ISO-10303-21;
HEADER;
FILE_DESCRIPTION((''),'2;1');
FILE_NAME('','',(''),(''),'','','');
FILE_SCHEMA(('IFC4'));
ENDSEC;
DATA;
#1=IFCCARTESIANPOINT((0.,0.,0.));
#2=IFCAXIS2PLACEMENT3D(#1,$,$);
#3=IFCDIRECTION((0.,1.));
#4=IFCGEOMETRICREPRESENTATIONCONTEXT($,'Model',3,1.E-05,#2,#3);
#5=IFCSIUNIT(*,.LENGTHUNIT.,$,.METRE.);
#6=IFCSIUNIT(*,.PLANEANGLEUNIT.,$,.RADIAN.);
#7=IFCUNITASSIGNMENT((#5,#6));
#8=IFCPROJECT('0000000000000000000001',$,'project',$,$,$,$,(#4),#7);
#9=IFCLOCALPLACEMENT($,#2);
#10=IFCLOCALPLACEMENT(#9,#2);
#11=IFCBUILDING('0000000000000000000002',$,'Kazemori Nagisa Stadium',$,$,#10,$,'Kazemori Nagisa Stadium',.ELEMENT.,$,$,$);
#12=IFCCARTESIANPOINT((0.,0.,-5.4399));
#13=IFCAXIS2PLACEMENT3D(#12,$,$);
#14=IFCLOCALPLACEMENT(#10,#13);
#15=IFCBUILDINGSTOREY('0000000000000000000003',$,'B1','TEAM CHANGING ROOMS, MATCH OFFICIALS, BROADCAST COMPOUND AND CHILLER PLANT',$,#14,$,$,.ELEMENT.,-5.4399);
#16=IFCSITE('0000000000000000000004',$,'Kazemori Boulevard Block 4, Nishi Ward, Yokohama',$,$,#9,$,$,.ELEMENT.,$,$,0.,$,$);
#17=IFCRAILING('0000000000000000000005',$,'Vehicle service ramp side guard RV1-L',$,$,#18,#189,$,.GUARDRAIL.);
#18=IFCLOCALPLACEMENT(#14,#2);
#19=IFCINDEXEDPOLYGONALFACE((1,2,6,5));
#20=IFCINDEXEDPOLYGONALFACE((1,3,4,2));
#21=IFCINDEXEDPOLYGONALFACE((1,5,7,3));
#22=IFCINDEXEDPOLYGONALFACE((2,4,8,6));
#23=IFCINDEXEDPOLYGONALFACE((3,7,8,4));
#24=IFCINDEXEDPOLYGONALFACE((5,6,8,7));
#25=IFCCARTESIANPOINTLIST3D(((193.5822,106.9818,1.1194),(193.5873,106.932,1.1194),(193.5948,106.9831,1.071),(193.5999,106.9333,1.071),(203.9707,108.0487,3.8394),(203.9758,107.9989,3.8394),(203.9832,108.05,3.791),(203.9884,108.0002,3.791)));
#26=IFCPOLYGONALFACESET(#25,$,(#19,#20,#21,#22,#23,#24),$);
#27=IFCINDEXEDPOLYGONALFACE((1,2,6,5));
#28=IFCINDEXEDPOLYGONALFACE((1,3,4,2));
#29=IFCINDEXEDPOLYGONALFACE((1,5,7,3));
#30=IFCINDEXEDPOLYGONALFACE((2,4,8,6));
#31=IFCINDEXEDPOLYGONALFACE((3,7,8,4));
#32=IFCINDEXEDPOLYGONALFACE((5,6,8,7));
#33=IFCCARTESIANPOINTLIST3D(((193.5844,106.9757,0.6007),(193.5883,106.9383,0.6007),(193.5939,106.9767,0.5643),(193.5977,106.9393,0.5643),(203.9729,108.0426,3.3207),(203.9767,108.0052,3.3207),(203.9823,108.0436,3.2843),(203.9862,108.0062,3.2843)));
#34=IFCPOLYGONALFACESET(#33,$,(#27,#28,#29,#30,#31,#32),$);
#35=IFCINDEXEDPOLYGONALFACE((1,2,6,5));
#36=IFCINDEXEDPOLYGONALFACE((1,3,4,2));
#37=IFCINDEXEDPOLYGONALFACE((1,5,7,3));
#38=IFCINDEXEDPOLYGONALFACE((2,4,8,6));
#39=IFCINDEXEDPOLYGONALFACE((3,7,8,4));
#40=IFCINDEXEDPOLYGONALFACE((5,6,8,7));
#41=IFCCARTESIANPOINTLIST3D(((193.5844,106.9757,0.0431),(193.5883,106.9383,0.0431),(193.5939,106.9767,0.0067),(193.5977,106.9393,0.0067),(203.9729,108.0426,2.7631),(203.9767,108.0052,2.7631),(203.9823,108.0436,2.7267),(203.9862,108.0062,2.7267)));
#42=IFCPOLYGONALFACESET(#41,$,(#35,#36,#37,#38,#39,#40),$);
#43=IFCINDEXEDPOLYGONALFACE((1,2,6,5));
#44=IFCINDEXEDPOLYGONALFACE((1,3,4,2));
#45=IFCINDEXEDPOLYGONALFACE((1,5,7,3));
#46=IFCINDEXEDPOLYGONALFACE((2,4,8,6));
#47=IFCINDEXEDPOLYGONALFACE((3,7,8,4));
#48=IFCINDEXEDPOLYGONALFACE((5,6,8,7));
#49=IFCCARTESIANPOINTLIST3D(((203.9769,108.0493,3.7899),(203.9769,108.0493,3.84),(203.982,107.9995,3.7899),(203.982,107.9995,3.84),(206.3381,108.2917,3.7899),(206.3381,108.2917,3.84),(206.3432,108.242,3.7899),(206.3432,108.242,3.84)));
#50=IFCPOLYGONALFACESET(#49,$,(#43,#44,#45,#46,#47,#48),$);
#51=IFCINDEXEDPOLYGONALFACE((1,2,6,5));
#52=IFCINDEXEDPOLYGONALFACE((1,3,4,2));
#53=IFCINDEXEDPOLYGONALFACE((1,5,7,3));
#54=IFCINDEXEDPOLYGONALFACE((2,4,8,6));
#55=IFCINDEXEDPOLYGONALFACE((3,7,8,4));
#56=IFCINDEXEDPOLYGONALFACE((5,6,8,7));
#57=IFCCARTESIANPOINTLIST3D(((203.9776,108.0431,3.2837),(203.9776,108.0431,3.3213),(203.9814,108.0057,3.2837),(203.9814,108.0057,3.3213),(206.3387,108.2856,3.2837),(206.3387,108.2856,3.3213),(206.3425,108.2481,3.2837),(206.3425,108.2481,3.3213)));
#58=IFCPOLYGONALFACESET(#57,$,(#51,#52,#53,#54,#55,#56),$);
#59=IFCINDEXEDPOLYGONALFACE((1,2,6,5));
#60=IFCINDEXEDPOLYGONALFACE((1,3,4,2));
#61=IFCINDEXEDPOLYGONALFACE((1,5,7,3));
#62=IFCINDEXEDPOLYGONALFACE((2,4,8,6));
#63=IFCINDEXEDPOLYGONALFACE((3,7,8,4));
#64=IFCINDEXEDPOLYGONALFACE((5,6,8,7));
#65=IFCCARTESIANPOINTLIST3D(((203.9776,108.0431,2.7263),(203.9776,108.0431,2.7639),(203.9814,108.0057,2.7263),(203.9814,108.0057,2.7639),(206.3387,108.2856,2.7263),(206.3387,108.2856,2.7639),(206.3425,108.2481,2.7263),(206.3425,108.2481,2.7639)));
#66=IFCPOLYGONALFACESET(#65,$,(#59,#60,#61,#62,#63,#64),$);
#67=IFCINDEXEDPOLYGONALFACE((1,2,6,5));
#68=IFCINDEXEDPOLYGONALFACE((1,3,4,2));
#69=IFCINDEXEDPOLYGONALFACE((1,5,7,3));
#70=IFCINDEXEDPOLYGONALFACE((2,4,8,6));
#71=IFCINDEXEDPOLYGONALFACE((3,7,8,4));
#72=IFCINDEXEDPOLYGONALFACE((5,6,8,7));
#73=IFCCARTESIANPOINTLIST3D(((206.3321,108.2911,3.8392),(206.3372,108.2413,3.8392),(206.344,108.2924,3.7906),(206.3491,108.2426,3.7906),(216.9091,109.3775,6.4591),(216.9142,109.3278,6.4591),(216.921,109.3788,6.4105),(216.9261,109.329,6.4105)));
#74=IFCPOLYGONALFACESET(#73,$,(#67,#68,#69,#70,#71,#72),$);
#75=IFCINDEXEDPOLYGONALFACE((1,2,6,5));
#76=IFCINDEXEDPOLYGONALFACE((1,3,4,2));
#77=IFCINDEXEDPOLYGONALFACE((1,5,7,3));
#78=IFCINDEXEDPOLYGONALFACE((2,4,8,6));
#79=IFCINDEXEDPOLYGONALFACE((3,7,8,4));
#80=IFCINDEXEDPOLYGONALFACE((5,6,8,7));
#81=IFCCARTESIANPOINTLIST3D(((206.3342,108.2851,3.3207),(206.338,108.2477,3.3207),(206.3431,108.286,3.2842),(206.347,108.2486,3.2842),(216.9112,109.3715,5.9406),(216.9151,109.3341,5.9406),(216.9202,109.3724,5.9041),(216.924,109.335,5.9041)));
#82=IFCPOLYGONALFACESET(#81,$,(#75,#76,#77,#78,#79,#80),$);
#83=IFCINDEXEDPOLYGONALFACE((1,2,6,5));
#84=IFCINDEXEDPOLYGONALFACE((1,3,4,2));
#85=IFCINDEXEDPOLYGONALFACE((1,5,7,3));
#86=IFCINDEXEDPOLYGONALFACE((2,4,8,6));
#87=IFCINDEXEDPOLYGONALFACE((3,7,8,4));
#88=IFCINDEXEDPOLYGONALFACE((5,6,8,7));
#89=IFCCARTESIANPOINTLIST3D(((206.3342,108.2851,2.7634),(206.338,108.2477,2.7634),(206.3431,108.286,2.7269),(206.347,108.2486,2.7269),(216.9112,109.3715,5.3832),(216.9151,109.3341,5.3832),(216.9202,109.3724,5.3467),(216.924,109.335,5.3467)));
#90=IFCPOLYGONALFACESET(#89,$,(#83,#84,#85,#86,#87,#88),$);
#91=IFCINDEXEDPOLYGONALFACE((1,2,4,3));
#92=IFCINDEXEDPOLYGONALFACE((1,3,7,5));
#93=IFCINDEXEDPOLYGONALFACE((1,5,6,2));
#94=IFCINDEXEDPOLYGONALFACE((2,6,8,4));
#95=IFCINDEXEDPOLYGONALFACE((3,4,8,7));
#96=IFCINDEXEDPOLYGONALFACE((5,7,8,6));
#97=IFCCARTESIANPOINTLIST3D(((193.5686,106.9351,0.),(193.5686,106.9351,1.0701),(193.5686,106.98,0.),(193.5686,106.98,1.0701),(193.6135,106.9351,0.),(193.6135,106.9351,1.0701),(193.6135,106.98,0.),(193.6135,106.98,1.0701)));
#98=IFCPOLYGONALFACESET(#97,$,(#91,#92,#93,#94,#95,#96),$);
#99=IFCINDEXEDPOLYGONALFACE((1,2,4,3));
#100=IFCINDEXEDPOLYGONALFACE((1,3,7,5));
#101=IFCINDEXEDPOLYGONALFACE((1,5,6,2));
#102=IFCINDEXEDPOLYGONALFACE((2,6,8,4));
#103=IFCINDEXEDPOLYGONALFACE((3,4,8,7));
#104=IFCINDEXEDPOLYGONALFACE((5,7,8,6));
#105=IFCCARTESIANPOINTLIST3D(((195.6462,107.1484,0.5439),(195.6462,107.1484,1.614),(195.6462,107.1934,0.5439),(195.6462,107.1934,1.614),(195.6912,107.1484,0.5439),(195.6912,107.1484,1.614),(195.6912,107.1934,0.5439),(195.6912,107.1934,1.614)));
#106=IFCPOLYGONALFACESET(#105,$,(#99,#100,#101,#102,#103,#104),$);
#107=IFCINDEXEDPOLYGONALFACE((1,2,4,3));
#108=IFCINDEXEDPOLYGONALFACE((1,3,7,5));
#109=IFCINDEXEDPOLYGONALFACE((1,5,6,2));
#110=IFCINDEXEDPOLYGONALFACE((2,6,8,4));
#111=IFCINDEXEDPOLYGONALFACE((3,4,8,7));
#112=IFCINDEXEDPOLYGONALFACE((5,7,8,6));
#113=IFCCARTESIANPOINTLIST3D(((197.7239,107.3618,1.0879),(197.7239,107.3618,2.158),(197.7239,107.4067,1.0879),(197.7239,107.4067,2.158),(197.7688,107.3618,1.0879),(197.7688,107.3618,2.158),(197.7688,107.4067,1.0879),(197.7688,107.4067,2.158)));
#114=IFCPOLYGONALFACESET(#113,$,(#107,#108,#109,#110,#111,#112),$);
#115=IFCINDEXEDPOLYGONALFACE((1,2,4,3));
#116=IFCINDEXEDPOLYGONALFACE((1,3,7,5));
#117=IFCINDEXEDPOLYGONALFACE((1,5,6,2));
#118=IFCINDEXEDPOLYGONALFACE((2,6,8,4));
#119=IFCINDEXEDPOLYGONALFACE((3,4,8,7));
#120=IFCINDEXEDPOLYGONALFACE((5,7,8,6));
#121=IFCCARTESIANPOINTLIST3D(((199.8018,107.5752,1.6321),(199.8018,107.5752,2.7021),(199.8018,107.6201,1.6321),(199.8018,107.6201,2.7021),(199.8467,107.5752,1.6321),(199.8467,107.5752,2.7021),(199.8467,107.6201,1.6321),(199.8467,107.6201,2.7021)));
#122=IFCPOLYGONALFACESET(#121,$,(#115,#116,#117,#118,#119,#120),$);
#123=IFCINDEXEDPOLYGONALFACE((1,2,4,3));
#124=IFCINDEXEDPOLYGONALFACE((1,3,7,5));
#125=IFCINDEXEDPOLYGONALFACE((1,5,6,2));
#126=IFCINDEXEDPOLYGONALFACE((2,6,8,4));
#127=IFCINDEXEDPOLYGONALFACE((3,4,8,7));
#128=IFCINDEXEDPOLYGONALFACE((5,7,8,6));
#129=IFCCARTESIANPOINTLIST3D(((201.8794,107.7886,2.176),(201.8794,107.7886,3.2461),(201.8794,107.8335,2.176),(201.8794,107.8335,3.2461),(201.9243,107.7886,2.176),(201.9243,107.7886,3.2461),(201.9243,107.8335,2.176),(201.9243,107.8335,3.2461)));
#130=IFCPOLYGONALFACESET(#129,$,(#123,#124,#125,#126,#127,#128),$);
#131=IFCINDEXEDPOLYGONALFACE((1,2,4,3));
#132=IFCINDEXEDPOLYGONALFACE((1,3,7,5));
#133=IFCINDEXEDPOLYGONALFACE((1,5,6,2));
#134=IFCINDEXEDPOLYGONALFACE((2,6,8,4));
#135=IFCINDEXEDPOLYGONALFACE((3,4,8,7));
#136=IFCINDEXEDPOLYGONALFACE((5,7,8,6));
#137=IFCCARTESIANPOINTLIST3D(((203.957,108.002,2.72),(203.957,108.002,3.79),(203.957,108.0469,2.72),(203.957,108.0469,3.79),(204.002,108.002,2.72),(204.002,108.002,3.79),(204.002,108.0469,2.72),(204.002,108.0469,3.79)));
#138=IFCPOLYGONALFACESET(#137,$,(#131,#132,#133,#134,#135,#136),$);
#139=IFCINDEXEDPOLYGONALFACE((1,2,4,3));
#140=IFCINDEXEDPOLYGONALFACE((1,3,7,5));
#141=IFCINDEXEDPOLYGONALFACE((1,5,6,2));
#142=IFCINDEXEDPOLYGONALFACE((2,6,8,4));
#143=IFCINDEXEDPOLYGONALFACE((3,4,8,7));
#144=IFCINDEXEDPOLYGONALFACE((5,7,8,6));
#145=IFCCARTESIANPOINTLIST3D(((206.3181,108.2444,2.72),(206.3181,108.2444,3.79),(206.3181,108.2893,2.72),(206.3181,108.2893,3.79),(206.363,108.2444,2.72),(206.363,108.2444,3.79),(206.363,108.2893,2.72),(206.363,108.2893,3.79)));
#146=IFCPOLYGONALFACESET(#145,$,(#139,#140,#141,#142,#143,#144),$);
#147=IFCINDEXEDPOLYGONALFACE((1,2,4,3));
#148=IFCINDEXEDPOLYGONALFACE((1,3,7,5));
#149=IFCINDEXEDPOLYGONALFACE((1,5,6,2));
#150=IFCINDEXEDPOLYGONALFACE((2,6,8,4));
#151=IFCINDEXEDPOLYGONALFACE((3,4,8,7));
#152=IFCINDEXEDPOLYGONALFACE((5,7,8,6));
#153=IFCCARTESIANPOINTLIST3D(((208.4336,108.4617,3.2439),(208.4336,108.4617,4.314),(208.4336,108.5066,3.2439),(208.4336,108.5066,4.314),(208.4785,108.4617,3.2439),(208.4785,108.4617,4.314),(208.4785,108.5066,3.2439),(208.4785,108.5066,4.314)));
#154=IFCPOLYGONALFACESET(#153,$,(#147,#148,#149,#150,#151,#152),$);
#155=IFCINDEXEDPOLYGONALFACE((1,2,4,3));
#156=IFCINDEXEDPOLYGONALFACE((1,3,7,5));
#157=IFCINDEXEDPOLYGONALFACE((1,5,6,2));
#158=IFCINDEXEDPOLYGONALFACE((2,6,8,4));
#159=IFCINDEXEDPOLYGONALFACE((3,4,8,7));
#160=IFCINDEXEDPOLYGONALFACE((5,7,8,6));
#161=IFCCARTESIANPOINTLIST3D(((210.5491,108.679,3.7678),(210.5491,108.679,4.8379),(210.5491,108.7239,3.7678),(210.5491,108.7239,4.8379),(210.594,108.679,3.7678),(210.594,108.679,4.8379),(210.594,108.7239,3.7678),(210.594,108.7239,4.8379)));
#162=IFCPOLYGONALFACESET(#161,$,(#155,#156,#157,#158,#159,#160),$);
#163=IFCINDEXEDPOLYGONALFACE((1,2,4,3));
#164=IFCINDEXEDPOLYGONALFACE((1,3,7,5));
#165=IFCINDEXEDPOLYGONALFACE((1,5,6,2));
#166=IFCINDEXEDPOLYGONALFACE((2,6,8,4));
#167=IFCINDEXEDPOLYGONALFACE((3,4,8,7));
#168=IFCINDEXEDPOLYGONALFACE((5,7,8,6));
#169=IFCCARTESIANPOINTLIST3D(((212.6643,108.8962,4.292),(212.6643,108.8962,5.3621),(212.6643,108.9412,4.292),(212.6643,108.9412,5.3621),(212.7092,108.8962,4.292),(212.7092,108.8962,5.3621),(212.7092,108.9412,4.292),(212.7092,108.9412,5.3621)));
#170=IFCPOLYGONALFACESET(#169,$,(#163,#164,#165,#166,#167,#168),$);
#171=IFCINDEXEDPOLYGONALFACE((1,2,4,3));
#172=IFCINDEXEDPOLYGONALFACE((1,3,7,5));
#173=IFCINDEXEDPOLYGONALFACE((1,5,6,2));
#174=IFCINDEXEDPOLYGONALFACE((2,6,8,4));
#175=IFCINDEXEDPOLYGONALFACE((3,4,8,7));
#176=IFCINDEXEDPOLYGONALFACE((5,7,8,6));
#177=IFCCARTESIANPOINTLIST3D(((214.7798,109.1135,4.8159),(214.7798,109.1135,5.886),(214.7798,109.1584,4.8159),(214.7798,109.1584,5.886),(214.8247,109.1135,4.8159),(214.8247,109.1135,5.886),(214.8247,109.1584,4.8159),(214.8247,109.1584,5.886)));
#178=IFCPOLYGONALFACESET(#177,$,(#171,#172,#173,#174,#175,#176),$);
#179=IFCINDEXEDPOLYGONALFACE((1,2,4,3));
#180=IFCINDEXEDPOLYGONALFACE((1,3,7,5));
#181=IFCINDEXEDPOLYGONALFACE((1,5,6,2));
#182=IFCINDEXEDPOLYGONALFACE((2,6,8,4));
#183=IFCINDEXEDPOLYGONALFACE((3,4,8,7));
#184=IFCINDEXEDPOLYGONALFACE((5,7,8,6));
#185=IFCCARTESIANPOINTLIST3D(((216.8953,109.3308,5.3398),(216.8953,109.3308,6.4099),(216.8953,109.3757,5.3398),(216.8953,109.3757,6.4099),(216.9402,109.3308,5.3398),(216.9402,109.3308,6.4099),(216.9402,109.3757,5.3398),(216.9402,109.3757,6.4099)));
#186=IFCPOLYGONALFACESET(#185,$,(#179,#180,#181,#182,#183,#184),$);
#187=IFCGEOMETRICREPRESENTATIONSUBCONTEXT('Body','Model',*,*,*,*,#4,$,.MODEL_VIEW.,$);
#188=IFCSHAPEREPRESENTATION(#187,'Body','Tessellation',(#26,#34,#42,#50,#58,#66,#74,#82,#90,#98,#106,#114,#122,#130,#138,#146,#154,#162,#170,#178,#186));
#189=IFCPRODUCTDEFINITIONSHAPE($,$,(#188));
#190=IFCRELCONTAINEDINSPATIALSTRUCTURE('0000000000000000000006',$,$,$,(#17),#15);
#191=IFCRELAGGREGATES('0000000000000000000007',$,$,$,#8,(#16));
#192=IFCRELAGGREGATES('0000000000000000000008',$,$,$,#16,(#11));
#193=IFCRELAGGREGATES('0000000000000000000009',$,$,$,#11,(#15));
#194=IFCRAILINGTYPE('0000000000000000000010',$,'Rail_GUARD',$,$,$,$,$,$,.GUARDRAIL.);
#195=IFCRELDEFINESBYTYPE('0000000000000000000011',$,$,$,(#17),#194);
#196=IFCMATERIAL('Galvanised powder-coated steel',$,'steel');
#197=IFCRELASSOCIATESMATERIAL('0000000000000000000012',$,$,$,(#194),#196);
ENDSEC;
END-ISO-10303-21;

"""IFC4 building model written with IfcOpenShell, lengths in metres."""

from ifc_helpers import new_model, si_unit, direction, frame, origin, origin_2d, place, context, subcontext, project, spatial, rectangle, extrude, material, type_object, element, save


model = new_model("IFC4")

# Units and contexts
model_context = context("Model", 3, precision=1e-05, world=origin(), true_north=direction((0.0, 1.0)))
body_context = subcontext(model_context, "Body", "Model", "MODEL_VIEW")
ifc_project = project(units=[si_unit("LENGTHUNIT", "METRE"), si_unit("PLANEANGLEUNIT", "RADIAN")], contexts=[model_context])

# Site, building, storey
site_placement = place(None, origin())
site = spatial("IfcSite", under=ifc_project, at=site_placement, Name="Kazemori Boulevard Block 4, Nishi Ward, Yokohama", CompositionType="ELEMENT", RefElevation=0.0)
building_placement = place(site_placement, origin())
building = spatial("IfcBuilding", under=site, at=building_placement, Name="Kazemori Nagisa Stadium", LongName="Kazemori Nagisa Stadium", CompositionType="ELEMENT")
storey_placement = place(building_placement, frame((0.0, 0.0, -5.4399)))
storey = spatial("IfcBuildingStorey", under=building, at=storey_placement, Name="B1", Description="TEAM CHANGING ROOMS, MATCH OFFICIALS, BROADCAST COMPOUND AND CHILLER PLANT", CompositionType="ELEMENT", Elevation=-5.4399)

# Railing
ifc_material_1 = material(Name="Galvanised powder-coated steel", Category="steel")
railing_type = type_object("IfcRailingType", Name="Rail_GUARD", PredefinedType="GUARDRAIL", material=ifc_material_1)
railing_1_placement = place(storey_placement, frame((193.5911, 106.9575, 0.0)))
element("IfcRailing", 1, at=railing_1_placement, inside=storey, type_object=railing_type, Name="Vehicle service ramp side guard RV1-L", PredefinedType="GUARDRAIL", context=body_context, shape_type="SweptSolid", body=[
    extrude(rectangle(XDim=0.05, YDim=0.05, at=origin_2d()), frame((0.0, 0.0, 1.0952), z_axis=(0.962651, 0.098865, 0.252048), x_axis=(-0.102163, 0.994768, 0.0)), (0.0, 0.0, 1.0), 10.7915),
    extrude(rectangle(XDim=0.0376, YDim=0.0376, at=origin_2d()), frame((0.0, 0.0, 0.5825), z_axis=(0.962651, 0.098865, 0.252048), x_axis=(-0.102163, 0.994768, 0.0)), (0.0, 0.0, 1.0), 10.7915),
    extrude(rectangle(XDim=0.0376, YDim=0.0376, at=origin_2d()), frame((0.0, 0.0, 0.0249), z_axis=(0.962651, 0.098865, 0.252048), x_axis=(-0.102163, 0.994768, 0.0)), (0.0, 0.0, 1.0), 10.7915),
    extrude(rectangle(XDim=0.05, YDim=0.05, at=origin_2d()), frame((10.3884, 1.0669, 3.8149), z_axis=(0.99477, 0.102141, 0.0), x_axis=(-0.102141, 0.99477, 0.0)), (0.0, 0.0, 1.0), 2.3735),
    extrude(rectangle(XDim=0.0376, YDim=0.0376, at=origin_2d()), frame((10.3884, 1.0669, 3.3025), z_axis=(0.99477, 0.102141, 0.0), x_axis=(-0.102141, 0.99477, 0.0)), (0.0, 0.0, 1.0), 2.3735),
    extrude(rectangle(XDim=0.0376, YDim=0.0376, at=origin_2d()), frame((10.3884, 1.0669, 2.7451), z_axis=(0.99477, 0.102141, 0.0), x_axis=(-0.102141, 0.99477, 0.0)), (0.0, 0.0, 1.0), 2.3735),
    extrude(rectangle(XDim=0.05, YDim=0.05, at=origin_2d()), frame((12.7495, 1.3093, 3.8149), z_axis=(0.965879, 0.09921, 0.23924), x_axis=(-0.102177, 0.994766, 0.0)), (0.0, 0.0, 1.0), 10.9507),
    extrude(rectangle(XDim=0.0376, YDim=0.0376, at=origin_2d()), frame((12.7495, 1.3093, 3.3025), z_axis=(0.965879, 0.09921, 0.23924), x_axis=(-0.102177, 0.994766, 0.0)), (0.0, 0.0, 1.0), 10.9507),
    extrude(rectangle(XDim=0.0376, YDim=0.0376, at=origin_2d()), frame((12.7495, 1.3093, 2.7451), z_axis=(0.965879, 0.09921, 0.23924), x_axis=(-0.102177, 0.994766, 0.0)), (0.0, 0.0, 1.0), 10.9507),
    extrude(rectangle(XDim=0.0449, YDim=0.0449, at=origin_2d()), origin(), (0.0, 0.0, 1.0), 1.0701),
    extrude(rectangle(XDim=0.0449, YDim=0.0449, at=origin_2d()), frame((2.0776, 0.2134, 0.5439)), (0.0, 0.0, 1.0), 1.0701),
    extrude(rectangle(XDim=0.0449, YDim=0.0449, at=origin_2d()), frame((4.1553, 0.4268, 1.0879)), (0.0, 0.0, 1.0), 1.0701),
    extrude(rectangle(XDim=0.0449, YDim=0.0449, at=origin_2d()), frame((6.2332, 0.6401, 1.6321)), (0.0, 0.0, 1.0), 1.0701),
    extrude(rectangle(XDim=0.0449, YDim=0.0449, at=origin_2d()), frame((8.3108, 0.8535, 2.176)), (0.0, 0.0, 1.0), 1.0701),
    extrude(rectangle(XDim=0.0449, YDim=0.0449, at=origin_2d()), frame((10.3884, 1.0669, 2.72)), (0.0, 0.0, 1.0), 1.0701),
    extrude(rectangle(XDim=0.0449, YDim=0.0449, at=origin_2d()), frame((12.7495, 1.3093, 2.72)), (0.0, 0.0, 1.0), 1.0701),
    extrude(rectangle(XDim=0.0449, YDim=0.0449, at=origin_2d()), frame((14.865, 1.5266, 3.2439)), (0.0, 0.0, 1.0), 1.0701),
    extrude(rectangle(XDim=0.0449, YDim=0.0449, at=origin_2d()), frame((16.9805, 1.7439, 3.7678)), (0.0, 0.0, 1.0), 1.0701),
    extrude(rectangle(XDim=0.0449, YDim=0.0449, at=origin_2d()), frame((19.0957, 1.9612, 4.292)), (0.0, 0.0, 1.0), 1.0701),
    extrude(rectangle(XDim=0.0449, YDim=0.0449, at=origin_2d()), frame((21.2112, 2.1785, 4.8159)), (0.0, 0.0, 1.0), 1.0701),
    extrude(rectangle(XDim=0.0449, YDim=0.0449, at=origin_2d()), frame((23.3267, 2.3958, 5.3398)), (0.0, 0.0, 1.0), 1.0701),
])

save(model, "model.ifc")
